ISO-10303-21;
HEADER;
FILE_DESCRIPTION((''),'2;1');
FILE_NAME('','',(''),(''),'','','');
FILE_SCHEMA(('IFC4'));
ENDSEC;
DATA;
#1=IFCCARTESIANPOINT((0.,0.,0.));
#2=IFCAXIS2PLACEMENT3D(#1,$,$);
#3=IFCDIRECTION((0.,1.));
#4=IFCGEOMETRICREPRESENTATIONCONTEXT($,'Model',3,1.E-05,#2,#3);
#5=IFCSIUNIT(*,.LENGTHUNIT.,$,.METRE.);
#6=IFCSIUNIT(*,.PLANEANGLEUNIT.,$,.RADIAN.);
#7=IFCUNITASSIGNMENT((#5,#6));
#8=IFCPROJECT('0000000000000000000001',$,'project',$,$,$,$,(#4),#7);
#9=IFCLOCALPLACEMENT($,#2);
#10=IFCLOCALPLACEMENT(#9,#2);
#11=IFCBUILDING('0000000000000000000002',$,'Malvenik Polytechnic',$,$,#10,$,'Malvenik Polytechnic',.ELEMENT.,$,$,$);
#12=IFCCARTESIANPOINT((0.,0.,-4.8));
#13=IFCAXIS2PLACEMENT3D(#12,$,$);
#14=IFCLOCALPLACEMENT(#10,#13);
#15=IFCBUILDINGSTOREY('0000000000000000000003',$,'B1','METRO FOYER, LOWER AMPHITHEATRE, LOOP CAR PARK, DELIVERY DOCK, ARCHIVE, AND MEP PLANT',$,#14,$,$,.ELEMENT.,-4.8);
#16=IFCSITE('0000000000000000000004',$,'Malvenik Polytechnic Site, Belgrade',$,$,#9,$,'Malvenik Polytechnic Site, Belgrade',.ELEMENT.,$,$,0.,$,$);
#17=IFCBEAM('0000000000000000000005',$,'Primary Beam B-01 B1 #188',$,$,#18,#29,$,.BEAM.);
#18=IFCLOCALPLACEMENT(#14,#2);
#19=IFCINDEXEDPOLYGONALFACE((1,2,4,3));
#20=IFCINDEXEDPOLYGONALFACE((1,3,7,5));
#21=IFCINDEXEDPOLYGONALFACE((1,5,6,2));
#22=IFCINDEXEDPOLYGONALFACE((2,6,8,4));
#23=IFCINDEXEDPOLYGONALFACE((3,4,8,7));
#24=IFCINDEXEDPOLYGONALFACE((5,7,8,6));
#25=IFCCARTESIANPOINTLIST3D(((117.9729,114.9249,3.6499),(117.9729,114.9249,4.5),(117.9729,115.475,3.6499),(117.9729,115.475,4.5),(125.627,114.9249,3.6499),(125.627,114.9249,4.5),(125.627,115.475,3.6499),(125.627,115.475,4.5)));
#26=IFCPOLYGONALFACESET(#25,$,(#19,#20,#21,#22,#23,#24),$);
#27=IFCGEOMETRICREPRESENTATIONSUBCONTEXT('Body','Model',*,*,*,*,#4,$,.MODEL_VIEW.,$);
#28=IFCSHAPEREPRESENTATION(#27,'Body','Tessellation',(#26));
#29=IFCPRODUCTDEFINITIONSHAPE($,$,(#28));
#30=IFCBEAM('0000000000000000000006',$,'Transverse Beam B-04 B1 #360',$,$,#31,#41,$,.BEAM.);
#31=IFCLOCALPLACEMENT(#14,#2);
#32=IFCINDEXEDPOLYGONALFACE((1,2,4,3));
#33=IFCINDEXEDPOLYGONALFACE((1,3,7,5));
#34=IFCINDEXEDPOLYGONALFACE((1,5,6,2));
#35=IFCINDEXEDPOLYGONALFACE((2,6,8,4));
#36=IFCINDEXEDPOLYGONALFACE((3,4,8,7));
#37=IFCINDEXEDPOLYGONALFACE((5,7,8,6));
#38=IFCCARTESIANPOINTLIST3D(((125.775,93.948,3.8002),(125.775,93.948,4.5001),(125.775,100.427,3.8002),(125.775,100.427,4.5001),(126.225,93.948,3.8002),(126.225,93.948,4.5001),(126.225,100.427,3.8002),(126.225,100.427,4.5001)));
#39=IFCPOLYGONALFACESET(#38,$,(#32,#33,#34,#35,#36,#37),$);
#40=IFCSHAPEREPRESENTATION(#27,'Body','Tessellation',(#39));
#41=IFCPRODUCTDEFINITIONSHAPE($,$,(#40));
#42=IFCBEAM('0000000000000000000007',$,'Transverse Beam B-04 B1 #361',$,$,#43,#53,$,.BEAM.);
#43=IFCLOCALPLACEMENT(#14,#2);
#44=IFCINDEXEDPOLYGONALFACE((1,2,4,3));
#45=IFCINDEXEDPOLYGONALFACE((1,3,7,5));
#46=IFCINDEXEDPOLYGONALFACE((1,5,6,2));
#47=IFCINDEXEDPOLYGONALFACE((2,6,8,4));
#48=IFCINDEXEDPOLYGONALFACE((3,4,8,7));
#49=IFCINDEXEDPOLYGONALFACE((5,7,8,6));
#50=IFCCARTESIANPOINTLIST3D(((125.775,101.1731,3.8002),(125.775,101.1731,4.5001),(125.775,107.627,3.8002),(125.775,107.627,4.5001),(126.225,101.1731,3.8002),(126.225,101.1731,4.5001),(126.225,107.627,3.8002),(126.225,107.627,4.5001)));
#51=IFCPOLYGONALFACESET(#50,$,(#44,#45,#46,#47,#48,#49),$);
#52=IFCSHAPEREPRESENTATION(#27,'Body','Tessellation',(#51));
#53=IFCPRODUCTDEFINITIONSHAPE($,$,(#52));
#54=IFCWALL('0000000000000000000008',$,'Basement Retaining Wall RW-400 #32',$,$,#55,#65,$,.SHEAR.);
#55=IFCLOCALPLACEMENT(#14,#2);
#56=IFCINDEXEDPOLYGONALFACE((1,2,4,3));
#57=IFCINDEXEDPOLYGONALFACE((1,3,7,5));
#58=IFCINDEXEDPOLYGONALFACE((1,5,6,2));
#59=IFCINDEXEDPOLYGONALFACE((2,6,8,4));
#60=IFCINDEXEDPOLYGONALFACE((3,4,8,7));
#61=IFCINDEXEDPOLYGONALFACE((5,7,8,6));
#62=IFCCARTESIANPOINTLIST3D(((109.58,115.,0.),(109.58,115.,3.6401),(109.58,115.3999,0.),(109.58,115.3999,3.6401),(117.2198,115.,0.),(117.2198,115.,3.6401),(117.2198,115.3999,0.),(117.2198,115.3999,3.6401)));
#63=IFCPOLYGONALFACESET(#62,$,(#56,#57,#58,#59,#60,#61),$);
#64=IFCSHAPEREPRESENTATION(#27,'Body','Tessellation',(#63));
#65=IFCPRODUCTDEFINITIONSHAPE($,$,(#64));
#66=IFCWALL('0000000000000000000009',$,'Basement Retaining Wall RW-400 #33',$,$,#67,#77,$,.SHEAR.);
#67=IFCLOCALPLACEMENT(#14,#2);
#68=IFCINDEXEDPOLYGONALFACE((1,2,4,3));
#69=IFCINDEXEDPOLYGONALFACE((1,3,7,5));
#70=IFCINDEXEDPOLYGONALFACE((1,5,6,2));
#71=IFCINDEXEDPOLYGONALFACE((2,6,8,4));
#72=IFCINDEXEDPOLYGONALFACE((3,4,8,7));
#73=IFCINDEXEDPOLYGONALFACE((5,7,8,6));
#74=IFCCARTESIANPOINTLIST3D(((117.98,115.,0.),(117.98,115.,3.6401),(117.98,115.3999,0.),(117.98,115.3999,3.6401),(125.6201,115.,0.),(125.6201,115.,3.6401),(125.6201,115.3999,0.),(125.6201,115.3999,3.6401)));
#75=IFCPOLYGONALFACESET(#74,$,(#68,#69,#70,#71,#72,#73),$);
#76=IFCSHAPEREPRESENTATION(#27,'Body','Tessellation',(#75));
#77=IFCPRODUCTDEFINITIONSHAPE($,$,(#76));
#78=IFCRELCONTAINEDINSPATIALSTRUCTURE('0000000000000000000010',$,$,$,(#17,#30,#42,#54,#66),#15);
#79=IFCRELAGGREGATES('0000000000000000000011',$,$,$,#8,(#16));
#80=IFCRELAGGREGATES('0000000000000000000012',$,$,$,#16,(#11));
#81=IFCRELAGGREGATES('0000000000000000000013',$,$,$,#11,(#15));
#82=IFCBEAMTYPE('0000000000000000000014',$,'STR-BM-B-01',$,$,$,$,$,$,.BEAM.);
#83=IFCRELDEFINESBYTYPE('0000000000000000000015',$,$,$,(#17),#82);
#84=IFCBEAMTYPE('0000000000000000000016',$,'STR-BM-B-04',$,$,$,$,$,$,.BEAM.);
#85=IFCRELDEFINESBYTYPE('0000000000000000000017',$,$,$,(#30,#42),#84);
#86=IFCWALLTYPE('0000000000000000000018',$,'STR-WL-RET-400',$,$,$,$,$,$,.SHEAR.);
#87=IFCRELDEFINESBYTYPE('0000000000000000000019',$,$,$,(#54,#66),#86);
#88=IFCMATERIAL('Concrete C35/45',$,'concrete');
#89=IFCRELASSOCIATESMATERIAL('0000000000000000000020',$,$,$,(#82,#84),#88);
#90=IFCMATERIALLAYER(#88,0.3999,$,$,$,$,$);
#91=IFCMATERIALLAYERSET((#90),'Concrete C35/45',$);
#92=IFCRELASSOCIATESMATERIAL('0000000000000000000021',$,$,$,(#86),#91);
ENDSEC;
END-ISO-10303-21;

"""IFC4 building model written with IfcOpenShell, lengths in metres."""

from ifc_helpers import new_model, si_unit, direction, frame, frame_2d, origin, origin_2d, place, context, subcontext, project, spatial, rectangle, extrude, material, layer, layer_set, material_profile, profile_set, type_object, element, save


model = new_model("IFC4")

# Units and contexts
model_context = context("Model", 3, precision=1e-05, world=origin(), true_north=direction((0.0, 1.0)))
body_context = subcontext(model_context, "Body", "Model", "MODEL_VIEW")
ifc_project = project(units=[si_unit("LENGTHUNIT", "METRE"), si_unit("PLANEANGLEUNIT", "RADIAN")], contexts=[model_context])

# Site, building, storey
site_placement = place(None, origin())
site = spatial("IfcSite", under=ifc_project, at=site_placement, Name="Malvenik Polytechnic Site, Belgrade", LongName="Malvenik Polytechnic Site, Belgrade", CompositionType="ELEMENT", RefElevation=0.0)
building_placement = place(site_placement, origin())
building = spatial("IfcBuilding", under=site, at=building_placement, Name="Malvenik Polytechnic", LongName="Malvenik Polytechnic", CompositionType="ELEMENT")
storey_placement = place(building_placement, frame((0.0, 0.0, -4.8)))
storey = spatial("IfcBuildingStorey", under=building, at=storey_placement, Name="B1", Description="METRO FOYER, LOWER AMPHITHEATRE, LOOP CAR PARK, DELIVERY DOCK, ARCHIVE, AND MEP PLANT", CompositionType="ELEMENT", Elevation=-4.8)

# Shared definitions
ifc_material_1 = material(Name="Concrete C35/45", Category="concrete")

# Beams
ifc_material_profile_1 = material_profile(ifc_material_1, rectangle(XDim=0.55, YDim=0.8501, at=origin_2d()), Name="RC BM 550x850")
ifc_profile_set_1 = profile_set([ifc_material_profile_1], Name="Concrete C35/45")
beam_type_1 = type_object("IfcBeamType", Name="STR-BM-B-01", PredefinedType="BEAM", material=ifc_profile_set_1)
beam_1_placement = place(storey_placement, frame((117.9729, 115.2, 4.075), z_axis=(1.0, 0.0, 0.0), x_axis=(0.0, 1.0, 0.0)))
element("IfcBeam", 1, at=beam_1_placement, inside=storey, type_object=beam_type_1, Name="Primary Beam B-01 B1 #188", PredefinedType="BEAM", context=body_context, shape_type="SweptSolid", body=[
    extrude(rectangle(XDim=0.55, YDim=0.8501, at=origin_2d()), origin(), (0.0, 0.0, 1.0), 7.6541),
])
ifc_material_profile_2 = material_profile(ifc_material_1, rectangle(XDim=0.45, YDim=0.7, at=origin_2d()), Name="RC BM 450x700")
ifc_profile_set_2 = profile_set([ifc_material_profile_2], Name="Concrete C35/45")
beam_type_2 = type_object("IfcBeamType", Name="STR-BM-B-04", PredefinedType="BEAM", material=ifc_profile_set_2)
beam_2_placement = place(storey_placement, frame((126.0, 93.948, 4.1501), z_axis=(0.0, 1.0, 0.0), x_axis=(-1.0, 0.0, 0.0)))
element("IfcBeam", 2, at=beam_2_placement, inside=storey, type_object=beam_type_2, Name="Transverse Beam B-04 B1 #360", PredefinedType="BEAM", context=body_context, shape_type="SweptSolid", body=[
    extrude(rectangle(XDim=0.45, YDim=0.7, at=origin_2d()), origin(), (0.0, 0.0, 1.0), 6.479),
])
beam_3_placement = place(storey_placement, frame((126.0, 101.1731, 4.1501), z_axis=(0.0, 1.0, 0.0), x_axis=(-1.0, 0.0, 0.0)))
element("IfcBeam", 3, at=beam_3_placement, inside=storey, type_object=beam_type_2, Name="Transverse Beam B-04 B1 #361", PredefinedType="BEAM", context=body_context, shape_type="SweptSolid", body=[
    extrude(rectangle(XDim=0.45, YDim=0.7, at=origin_2d()), origin(), (0.0, 0.0, 1.0), 6.4539),
])

# Walls
ifc_layer = layer(ifc_material_1, 0.3999)
ifc_layer_set = layer_set([ifc_layer], Name="Concrete C35/45")
wall_type = type_object("IfcWallType", Name="STR-WL-RET-400", PredefinedType="SHEAR", material=ifc_layer_set)
wall_1_placement = place(storey_placement, frame((109.5801, 115.2, 0.0), z_axis=(0.0, 0.0, 1.0), x_axis=(1.0, 0.0, 0.0)))
element("IfcWall", 4, at=wall_1_placement, inside=storey, type_object=wall_type, Name="Basement Retaining Wall RW-400 #32", PredefinedType="SHEAR", context=body_context, shape_type="SweptSolid", body=[
    extrude(rectangle(XDim=7.6399, YDim=0.3999, at=frame_2d((3.8198, 0.0))), origin(), (0.0, 0.0, 1.0), 3.6401),
])
wall_2_placement = place(storey_placement, frame((117.98, 115.2, 0.0), z_axis=(0.0, 0.0, 1.0), x_axis=(1.0, 0.0, 0.0)))
element("IfcWall", 5, at=wall_2_placement, inside=storey, type_object=wall_type, Name="Basement Retaining Wall RW-400 #33", PredefinedType="SHEAR", context=body_context, shape_type="SweptSolid", body=[
    extrude(rectangle(XDim=7.6401, YDim=0.3999, at=frame_2d((3.8201, 0.0))), origin(), (0.0, 0.0, 1.0), 3.6401),
])

save(model, "model.ifc")
